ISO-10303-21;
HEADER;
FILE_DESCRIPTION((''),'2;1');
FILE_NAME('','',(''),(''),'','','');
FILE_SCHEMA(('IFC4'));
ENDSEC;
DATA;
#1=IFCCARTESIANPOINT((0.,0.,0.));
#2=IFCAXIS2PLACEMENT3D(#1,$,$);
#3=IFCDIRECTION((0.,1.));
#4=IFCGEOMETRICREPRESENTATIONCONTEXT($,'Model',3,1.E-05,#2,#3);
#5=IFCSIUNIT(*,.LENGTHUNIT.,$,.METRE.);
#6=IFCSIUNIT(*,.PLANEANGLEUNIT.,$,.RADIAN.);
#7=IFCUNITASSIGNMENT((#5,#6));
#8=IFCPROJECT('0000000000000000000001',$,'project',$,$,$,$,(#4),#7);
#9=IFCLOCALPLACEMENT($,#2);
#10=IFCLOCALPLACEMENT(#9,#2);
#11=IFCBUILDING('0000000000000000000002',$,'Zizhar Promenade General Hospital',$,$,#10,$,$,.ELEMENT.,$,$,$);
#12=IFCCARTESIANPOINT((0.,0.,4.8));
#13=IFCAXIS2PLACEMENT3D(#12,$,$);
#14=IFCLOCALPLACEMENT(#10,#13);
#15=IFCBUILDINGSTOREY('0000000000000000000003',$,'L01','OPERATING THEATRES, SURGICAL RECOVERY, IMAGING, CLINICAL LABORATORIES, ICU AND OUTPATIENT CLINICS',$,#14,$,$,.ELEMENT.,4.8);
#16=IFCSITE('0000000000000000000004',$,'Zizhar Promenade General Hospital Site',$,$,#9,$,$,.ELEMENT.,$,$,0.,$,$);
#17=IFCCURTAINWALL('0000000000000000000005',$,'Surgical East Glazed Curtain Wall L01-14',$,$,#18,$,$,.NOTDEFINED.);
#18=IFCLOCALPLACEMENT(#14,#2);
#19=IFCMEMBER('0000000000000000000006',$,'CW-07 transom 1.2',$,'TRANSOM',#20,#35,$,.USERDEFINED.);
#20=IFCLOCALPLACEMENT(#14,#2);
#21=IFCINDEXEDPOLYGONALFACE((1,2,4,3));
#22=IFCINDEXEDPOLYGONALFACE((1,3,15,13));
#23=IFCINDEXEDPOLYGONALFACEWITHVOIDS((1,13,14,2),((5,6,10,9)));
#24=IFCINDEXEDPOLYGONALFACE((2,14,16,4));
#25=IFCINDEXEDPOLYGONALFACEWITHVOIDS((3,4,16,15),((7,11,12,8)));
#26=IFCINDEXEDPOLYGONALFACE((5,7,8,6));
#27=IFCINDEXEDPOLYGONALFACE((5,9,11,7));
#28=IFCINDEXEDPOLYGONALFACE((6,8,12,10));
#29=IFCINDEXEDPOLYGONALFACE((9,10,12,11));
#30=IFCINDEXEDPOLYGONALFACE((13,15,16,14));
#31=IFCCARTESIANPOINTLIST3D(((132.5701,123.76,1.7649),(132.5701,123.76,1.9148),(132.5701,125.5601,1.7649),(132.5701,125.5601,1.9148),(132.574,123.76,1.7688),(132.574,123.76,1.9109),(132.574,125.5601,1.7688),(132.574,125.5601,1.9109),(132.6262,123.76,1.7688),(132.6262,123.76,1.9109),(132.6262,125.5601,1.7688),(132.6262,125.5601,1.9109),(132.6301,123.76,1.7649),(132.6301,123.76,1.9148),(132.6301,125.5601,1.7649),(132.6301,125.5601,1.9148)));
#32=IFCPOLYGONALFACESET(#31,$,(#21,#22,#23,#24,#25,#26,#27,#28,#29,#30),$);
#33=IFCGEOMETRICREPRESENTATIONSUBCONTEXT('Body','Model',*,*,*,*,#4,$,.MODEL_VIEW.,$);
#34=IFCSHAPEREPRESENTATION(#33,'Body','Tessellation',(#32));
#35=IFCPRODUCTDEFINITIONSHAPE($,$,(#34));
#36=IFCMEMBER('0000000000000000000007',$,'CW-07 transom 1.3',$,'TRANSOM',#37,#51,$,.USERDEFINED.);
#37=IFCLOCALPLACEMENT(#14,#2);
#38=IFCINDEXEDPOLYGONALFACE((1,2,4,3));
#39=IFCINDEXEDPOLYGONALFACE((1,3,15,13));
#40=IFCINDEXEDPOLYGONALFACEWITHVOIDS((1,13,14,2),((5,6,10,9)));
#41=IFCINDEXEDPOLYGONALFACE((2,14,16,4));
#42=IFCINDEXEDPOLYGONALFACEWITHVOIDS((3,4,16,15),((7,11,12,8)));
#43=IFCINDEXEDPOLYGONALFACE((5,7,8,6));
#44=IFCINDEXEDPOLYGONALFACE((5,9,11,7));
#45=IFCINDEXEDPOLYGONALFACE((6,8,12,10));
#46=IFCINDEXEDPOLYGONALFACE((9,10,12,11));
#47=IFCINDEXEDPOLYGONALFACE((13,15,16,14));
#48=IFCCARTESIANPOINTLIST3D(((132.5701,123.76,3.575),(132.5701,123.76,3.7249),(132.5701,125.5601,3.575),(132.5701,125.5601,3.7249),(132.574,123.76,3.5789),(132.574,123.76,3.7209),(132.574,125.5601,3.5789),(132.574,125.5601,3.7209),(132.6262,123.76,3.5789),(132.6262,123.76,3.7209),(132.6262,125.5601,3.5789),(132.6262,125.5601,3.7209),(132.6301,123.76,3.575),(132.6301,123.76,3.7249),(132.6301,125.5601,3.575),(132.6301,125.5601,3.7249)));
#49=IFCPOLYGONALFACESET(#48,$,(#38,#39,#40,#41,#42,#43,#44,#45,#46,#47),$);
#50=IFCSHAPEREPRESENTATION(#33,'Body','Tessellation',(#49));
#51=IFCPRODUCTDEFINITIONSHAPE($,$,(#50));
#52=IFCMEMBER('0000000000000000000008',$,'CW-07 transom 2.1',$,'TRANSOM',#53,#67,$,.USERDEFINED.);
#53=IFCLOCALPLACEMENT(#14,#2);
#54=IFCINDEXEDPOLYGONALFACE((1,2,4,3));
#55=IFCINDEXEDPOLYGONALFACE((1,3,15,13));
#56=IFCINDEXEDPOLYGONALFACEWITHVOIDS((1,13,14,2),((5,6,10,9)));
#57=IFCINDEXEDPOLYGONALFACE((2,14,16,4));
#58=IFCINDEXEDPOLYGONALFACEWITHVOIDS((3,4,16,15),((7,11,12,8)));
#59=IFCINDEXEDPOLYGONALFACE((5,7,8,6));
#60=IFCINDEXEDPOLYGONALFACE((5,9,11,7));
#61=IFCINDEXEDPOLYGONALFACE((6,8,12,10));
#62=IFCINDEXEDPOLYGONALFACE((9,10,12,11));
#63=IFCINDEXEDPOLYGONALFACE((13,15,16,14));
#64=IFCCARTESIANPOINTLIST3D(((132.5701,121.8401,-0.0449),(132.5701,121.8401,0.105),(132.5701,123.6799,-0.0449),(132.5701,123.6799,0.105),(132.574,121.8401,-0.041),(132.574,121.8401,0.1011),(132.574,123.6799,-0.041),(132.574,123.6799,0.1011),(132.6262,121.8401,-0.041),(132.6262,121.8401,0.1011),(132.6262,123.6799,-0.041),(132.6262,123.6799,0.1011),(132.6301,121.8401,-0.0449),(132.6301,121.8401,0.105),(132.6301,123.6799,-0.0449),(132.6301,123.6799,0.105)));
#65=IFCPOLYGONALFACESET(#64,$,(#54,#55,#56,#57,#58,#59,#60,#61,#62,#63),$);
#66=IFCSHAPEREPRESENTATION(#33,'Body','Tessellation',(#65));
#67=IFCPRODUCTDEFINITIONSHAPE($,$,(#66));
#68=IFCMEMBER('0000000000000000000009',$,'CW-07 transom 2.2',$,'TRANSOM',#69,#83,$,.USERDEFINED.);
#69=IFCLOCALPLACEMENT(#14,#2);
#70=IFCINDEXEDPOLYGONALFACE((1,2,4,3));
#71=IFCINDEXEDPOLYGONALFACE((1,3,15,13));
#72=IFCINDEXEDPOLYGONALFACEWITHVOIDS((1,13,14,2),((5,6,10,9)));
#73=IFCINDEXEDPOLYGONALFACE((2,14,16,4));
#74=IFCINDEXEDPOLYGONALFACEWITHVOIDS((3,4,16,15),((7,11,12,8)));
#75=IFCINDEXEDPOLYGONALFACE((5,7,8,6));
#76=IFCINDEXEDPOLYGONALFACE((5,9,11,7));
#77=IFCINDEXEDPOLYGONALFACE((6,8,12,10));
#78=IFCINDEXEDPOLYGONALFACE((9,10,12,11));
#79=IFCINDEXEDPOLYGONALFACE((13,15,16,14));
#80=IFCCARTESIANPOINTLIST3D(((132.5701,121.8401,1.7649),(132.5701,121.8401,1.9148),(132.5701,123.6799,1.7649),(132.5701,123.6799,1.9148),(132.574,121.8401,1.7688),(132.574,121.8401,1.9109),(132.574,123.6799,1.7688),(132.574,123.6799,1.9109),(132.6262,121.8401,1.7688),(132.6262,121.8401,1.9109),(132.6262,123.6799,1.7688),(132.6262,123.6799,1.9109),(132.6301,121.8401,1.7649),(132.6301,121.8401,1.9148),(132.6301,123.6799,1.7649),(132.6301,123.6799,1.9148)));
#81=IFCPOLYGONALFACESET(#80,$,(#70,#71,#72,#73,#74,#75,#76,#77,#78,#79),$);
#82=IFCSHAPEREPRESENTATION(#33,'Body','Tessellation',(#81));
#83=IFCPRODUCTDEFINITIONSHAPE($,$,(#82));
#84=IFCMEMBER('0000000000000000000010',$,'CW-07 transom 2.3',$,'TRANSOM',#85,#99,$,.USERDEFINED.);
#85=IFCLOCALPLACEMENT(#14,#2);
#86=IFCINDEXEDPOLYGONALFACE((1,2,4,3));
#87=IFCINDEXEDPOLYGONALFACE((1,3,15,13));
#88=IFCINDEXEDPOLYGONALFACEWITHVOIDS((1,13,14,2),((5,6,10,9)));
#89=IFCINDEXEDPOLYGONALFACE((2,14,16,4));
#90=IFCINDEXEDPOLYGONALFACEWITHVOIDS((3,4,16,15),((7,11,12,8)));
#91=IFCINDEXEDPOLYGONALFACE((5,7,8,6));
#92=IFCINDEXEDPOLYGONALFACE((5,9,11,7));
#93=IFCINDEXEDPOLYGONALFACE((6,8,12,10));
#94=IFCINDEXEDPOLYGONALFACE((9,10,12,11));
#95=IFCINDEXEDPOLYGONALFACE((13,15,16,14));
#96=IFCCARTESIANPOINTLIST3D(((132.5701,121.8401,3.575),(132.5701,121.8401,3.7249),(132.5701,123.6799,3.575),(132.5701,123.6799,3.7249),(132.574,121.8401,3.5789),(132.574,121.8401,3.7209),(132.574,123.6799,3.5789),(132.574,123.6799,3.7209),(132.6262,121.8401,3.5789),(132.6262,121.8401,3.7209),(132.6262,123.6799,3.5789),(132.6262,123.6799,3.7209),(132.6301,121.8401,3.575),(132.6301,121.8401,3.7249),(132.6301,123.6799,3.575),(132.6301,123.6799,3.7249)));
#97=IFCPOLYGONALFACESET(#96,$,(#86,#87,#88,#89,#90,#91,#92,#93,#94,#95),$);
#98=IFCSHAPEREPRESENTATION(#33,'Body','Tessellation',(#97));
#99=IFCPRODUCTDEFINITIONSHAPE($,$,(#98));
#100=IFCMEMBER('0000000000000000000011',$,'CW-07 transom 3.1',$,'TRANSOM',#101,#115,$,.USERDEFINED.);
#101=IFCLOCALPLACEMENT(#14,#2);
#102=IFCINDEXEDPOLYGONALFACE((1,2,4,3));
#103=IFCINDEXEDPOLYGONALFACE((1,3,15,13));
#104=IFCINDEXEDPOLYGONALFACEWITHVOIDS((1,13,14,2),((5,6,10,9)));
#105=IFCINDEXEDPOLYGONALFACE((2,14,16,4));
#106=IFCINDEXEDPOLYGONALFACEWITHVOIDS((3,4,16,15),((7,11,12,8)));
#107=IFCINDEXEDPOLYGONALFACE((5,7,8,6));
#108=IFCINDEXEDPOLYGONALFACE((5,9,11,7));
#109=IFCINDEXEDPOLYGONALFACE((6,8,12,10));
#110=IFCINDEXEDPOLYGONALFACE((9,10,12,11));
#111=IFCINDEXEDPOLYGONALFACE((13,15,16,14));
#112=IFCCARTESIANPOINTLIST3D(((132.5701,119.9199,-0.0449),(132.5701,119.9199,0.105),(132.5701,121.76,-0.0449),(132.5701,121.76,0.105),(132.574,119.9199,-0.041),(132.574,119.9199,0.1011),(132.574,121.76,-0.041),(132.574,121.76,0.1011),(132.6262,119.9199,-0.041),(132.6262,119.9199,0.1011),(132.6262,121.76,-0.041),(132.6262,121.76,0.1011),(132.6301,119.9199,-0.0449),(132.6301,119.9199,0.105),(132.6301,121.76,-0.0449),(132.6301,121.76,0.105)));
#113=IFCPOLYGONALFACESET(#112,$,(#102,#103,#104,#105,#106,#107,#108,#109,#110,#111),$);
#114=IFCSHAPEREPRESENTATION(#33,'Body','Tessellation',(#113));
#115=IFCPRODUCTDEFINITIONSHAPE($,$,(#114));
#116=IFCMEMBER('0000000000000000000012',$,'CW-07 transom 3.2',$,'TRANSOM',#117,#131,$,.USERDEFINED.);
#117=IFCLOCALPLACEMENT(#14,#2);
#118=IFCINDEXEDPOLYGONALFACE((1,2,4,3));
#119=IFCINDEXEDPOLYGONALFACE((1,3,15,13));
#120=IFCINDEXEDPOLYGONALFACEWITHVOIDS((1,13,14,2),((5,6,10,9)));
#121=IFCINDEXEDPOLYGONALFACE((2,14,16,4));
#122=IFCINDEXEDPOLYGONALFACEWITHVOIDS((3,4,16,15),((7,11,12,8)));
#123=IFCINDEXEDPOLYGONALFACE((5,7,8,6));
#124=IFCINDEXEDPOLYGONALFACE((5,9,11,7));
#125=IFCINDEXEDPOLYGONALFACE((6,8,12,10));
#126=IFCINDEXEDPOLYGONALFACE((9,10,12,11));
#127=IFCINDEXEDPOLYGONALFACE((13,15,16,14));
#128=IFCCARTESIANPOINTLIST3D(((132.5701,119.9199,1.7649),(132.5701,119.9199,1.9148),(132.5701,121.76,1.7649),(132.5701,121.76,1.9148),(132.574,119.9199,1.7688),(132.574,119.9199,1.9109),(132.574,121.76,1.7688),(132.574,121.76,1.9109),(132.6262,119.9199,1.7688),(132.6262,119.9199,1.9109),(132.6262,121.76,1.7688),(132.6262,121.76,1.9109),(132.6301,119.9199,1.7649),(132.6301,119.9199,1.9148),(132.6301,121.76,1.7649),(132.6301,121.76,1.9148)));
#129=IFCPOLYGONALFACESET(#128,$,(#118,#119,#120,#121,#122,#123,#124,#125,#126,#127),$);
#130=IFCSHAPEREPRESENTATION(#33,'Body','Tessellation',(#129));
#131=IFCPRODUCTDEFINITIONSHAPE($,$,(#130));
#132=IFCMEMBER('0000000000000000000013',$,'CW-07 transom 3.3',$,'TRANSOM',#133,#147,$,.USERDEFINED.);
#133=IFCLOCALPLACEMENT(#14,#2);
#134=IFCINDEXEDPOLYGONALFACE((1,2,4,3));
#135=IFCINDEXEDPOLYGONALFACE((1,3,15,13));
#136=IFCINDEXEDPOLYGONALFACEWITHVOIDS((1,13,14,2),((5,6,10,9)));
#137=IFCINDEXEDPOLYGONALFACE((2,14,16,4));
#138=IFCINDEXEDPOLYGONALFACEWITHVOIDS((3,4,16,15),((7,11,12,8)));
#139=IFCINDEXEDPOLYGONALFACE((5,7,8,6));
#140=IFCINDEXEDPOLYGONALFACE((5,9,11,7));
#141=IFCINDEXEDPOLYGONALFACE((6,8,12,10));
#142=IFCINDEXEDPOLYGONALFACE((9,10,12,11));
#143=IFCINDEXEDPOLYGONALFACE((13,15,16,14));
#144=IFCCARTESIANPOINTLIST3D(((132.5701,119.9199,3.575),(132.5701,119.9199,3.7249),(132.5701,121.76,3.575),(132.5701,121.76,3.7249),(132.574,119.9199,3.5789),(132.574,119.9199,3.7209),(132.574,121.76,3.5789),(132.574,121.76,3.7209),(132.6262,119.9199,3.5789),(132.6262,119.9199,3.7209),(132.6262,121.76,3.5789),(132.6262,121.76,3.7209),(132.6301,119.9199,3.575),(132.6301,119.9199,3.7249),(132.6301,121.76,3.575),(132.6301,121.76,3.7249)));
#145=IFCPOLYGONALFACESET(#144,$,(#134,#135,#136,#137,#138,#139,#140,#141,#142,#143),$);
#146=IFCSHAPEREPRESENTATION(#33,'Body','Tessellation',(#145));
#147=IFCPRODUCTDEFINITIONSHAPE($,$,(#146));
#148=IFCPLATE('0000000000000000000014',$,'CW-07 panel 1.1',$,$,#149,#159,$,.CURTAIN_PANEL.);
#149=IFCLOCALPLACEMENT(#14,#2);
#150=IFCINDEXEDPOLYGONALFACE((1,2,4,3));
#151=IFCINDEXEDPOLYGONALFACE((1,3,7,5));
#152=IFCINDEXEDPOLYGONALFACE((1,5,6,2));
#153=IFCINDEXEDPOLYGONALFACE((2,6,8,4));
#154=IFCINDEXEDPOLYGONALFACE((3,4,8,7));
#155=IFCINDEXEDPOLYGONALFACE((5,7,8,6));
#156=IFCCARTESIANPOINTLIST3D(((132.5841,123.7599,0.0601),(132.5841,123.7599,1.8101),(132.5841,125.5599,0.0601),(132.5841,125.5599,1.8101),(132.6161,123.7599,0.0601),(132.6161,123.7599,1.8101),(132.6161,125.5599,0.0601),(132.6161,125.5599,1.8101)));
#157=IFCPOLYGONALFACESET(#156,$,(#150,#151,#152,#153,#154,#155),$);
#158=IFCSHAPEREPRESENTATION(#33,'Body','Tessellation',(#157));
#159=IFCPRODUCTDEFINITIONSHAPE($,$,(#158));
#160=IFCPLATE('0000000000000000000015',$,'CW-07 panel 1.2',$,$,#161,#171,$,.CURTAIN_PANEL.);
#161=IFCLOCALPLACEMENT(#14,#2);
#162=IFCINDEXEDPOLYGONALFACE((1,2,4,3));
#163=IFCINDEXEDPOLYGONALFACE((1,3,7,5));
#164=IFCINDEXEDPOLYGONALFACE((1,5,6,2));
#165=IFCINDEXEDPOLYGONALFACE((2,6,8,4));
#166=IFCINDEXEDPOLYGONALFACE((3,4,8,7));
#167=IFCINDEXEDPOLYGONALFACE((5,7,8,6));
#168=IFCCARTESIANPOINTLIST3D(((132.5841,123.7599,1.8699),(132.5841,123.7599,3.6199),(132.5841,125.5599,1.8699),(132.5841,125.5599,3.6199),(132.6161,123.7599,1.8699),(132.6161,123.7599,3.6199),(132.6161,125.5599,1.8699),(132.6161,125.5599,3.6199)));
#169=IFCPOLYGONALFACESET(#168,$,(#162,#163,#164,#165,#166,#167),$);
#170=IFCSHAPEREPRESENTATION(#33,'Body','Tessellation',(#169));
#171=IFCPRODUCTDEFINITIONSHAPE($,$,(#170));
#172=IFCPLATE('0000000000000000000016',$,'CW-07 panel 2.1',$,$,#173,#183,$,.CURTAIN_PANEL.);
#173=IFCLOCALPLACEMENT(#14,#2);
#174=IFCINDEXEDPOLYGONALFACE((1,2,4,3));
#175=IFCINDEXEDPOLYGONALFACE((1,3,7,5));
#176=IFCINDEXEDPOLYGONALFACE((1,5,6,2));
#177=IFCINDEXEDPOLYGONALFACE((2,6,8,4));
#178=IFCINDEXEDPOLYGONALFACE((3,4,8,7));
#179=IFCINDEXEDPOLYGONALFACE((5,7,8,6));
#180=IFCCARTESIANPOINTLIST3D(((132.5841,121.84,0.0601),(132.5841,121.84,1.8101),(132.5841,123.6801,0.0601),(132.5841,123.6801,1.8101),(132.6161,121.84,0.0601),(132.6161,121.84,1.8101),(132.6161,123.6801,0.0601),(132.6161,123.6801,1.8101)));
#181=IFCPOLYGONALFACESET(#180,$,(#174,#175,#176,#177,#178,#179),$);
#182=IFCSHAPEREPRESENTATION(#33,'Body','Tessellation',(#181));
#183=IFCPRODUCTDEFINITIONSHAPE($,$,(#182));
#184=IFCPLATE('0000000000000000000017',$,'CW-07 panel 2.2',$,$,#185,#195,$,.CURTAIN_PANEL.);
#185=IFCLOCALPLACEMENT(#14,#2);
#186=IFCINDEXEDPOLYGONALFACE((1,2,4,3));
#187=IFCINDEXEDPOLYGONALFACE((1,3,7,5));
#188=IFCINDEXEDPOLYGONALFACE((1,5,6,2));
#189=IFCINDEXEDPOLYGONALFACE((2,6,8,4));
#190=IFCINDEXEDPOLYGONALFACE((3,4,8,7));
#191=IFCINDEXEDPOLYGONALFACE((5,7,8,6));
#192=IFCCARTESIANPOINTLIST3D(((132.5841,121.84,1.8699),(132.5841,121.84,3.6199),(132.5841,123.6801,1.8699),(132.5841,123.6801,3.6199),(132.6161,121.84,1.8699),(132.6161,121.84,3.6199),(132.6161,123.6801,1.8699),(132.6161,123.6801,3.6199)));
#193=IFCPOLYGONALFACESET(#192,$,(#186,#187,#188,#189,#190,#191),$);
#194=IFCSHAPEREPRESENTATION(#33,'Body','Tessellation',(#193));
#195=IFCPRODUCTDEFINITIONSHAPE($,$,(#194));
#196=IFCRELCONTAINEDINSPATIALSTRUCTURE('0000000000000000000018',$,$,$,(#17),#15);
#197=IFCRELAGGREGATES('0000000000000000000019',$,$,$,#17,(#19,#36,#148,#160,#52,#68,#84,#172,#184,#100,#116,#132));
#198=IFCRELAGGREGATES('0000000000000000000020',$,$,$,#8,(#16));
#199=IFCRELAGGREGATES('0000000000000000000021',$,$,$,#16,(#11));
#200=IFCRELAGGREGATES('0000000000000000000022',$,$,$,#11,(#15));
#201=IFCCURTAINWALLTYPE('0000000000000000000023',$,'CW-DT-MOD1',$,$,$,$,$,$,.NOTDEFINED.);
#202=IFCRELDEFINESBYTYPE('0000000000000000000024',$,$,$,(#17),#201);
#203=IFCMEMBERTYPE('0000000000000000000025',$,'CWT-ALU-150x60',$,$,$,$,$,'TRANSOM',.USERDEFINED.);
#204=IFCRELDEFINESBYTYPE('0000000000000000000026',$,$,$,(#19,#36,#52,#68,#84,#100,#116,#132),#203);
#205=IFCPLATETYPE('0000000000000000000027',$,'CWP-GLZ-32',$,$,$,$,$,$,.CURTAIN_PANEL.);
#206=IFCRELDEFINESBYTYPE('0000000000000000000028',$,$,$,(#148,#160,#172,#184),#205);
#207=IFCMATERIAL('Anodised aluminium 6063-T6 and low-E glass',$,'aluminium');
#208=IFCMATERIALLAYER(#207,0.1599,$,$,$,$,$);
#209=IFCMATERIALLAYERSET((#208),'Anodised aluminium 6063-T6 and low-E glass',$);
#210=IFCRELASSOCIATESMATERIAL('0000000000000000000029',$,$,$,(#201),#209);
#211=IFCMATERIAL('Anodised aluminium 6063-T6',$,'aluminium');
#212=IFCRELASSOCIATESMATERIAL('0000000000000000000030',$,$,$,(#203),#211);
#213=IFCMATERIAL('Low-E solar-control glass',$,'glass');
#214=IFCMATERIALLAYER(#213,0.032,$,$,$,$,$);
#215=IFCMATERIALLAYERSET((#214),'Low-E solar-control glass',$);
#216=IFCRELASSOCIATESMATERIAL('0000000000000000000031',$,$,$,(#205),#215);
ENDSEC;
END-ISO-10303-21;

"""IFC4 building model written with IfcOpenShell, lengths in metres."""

from ifc_helpers import new_model, si_unit, direction, frame, origin, origin_2d, place, context, subcontext, project, spatial, rectangle, hollow_rectangle, extrude, material, layer, layer_set, material_profile, profile_set, type_object, element, aggregate, save


model = new_model("IFC4")

# Units and contexts
model_context = context("Model", 3, precision=1e-05, world=origin(), true_north=direction((0.0, 1.0)))
body_context = subcontext(model_context, "Body", "Model", "MODEL_VIEW")
ifc_project = project(units=[si_unit("LENGTHUNIT", "METRE"), si_unit("PLANEANGLEUNIT", "RADIAN")], contexts=[model_context])

# Site, building, storey
site_placement = place(None, origin())
site = spatial("IfcSite", under=ifc_project, at=site_placement, Name="Zizhar Promenade General Hospital Site", CompositionType="ELEMENT", RefElevation=0.0)
building_placement = place(site_placement, origin())
building = spatial("IfcBuilding", under=site, at=building_placement, Name="Zizhar Promenade General Hospital", CompositionType="ELEMENT")
storey_placement = place(building_placement, frame((0.0, 0.0, 4.8)))
storey = spatial("IfcBuildingStorey", under=building, at=storey_placement, Name="L01", Description="OPERATING THEATRES, SURGICAL RECOVERY, IMAGING, CLINICAL LABORATORIES, ICU AND OUTPATIENT CLINICS", CompositionType="ELEMENT", Elevation=4.8)

# Curtain wall
ifc_material_1 = material(Name="Anodised aluminium 6063-T6 and low-E glass", Category="aluminium")
ifc_layer_1 = layer(ifc_material_1, 0.1599)
ifc_layer_set_1 = layer_set([ifc_layer_1], Name="Anodised aluminium 6063-T6 and low-E glass")
curtain_wall_type = type_object("IfcCurtainWallType", Name="CW-DT-MOD1", PredefinedType="NOTDEFINED", material=ifc_layer_set_1)
curtain_wall_1_placement = place(storey_placement, origin())
curtain_wall_1 = element("IfcCurtainWall", 1, at=curtain_wall_1_placement, inside=storey, type_object=curtain_wall_type, Name="Surgical East Glazed Curtain Wall L01-14", PredefinedType="NOTDEFINED")

# Members
ifc_material_2 = material(Name="Anodised aluminium 6063-T6", Category="aluminium")
ifc_material_profile_1 = material_profile(ifc_material_2, hollow_rectangle(XDim=0.0601, YDim=0.1499, WallThickness=0.0039, at=origin_2d()))
ifc_profile_set_1 = profile_set([ifc_material_profile_1], Name="Anodised aluminium 6063-T6")
member_type_1 = type_object("IfcMemberType", Name="CWT-ALU-150x60", ElementType="TRANSOM", PredefinedType="USERDEFINED", material=ifc_profile_set_1)
member_1_placement = place(storey_placement, frame((132.6001, 125.5601, 1.8398), z_axis=(0.0, -1.0, 0.0), x_axis=(1.0, 0.0, 0.0)))
member_1 = element("IfcMember", 2, at=member_1_placement, type_object=member_type_1, Name="CW-07 transom 1.2", ObjectType="TRANSOM", PredefinedType="USERDEFINED", context=body_context, shape_type="SweptSolid", body=[
    extrude(hollow_rectangle(XDim=0.0601, YDim=0.1499, WallThickness=0.0039, at=origin_2d()), origin(), (0.0, 0.0, 1.0), 1.8),
])
member_2_placement = place(storey_placement, frame((132.6001, 125.5601, 3.6499), z_axis=(0.0, -1.0, 0.0), x_axis=(1.0, 0.0, 0.0)))
member_2 = element("IfcMember", 3, at=member_2_placement, type_object=member_type_1, Name="CW-07 transom 1.3", ObjectType="TRANSOM", PredefinedType="USERDEFINED", context=body_context, shape_type="SweptSolid", body=[
    extrude(hollow_rectangle(XDim=0.0601, YDim=0.1499, WallThickness=0.0039, at=origin_2d()), origin(), (0.0, 0.0, 1.0), 1.8),
])
member_3_placement = place(storey_placement, frame((132.6001, 123.6799, 0.03), z_axis=(0.0, -1.0, 0.0), x_axis=(1.0, 0.0, 0.0)))
member_3 = element("IfcMember", 4, at=member_3_placement, type_object=member_type_1, Name="CW-07 transom 2.1", ObjectType="TRANSOM", PredefinedType="USERDEFINED", context=body_context, shape_type="SweptSolid", body=[
    extrude(hollow_rectangle(XDim=0.0601, YDim=0.1499, WallThickness=0.0039, at=origin_2d()), origin(), (0.0, 0.0, 1.0), 1.8398),
])
member_4_placement = place(storey_placement, frame((132.6001, 123.6799, 1.8398), z_axis=(0.0, -1.0, 0.0), x_axis=(1.0, 0.0, 0.0)))
member_4 = element("IfcMember", 5, at=member_4_placement, type_object=member_type_1, Name="CW-07 transom 2.2", ObjectType="TRANSOM", PredefinedType="USERDEFINED", context=body_context, shape_type="SweptSolid", body=[
    extrude(hollow_rectangle(XDim=0.0601, YDim=0.1499, WallThickness=0.0039, at=origin_2d()), origin(), (0.0, 0.0, 1.0), 1.8398),
])
member_5_placement = place(storey_placement, frame((132.6001, 123.6799, 3.6499), z_axis=(0.0, -1.0, 0.0), x_axis=(1.0, 0.0, 0.0)))
member_5 = element("IfcMember", 6, at=member_5_placement, type_object=member_type_1, Name="CW-07 transom 2.3", ObjectType="TRANSOM", PredefinedType="USERDEFINED", context=body_context, shape_type="SweptSolid", body=[
    extrude(hollow_rectangle(XDim=0.0601, YDim=0.1499, WallThickness=0.0039, at=origin_2d()), origin(), (0.0, 0.0, 1.0), 1.8398),
])
member_6_placement = place(storey_placement, frame((132.6001, 121.76, 0.03), z_axis=(0.0, -1.0, 0.0), x_axis=(1.0, 0.0, 0.0)))
member_6 = element("IfcMember", 7, at=member_6_placement, type_object=member_type_1, Name="CW-07 transom 3.1", ObjectType="TRANSOM", PredefinedType="USERDEFINED", context=body_context, shape_type="SweptSolid", body=[
    extrude(hollow_rectangle(XDim=0.0601, YDim=0.1499, WallThickness=0.0039, at=origin_2d()), origin(), (0.0, 0.0, 1.0), 1.8401),
])
member_7_placement = place(storey_placement, frame((132.6001, 121.76, 1.8398), z_axis=(0.0, -1.0, 0.0), x_axis=(1.0, 0.0, 0.0)))
member_7 = element("IfcMember", 8, at=member_7_placement, type_object=member_type_1, Name="CW-07 transom 3.2", ObjectType="TRANSOM", PredefinedType="USERDEFINED", context=body_context, shape_type="SweptSolid", body=[
    extrude(hollow_rectangle(XDim=0.0601, YDim=0.1499, WallThickness=0.0039, at=origin_2d()), origin(), (0.0, 0.0, 1.0), 1.8401),
])
member_8_placement = place(storey_placement, frame((132.6001, 121.76, 3.6499), z_axis=(0.0, -1.0, 0.0), x_axis=(1.0, 0.0, 0.0)))
member_8 = element("IfcMember", 9, at=member_8_placement, type_object=member_type_1, Name="CW-07 transom 3.3", ObjectType="TRANSOM", PredefinedType="USERDEFINED", context=body_context, shape_type="SweptSolid", body=[
    extrude(hollow_rectangle(XDim=0.0601, YDim=0.1499, WallThickness=0.0039, at=origin_2d()), origin(), (0.0, 0.0, 1.0), 1.8401),
])

# Plates
ifc_material_3 = material(Name="Low-E solar-control glass", Category="glass")
ifc_layer_2 = layer(ifc_material_3, 0.032)
ifc_layer_set_2 = layer_set([ifc_layer_2], Name="Low-E solar-control glass")
plate_type = type_object("IfcPlateType", Name="CWP-GLZ-32", PredefinedType="CURTAIN_PANEL", material=ifc_layer_set_2)
plate_1_placement = place(storey_placement, frame((132.6001, 124.6599, 0.0601), z_axis=(0.0, 0.0, 1.0), x_axis=(0.0, -1.0, 0.0)))
plate_1 = element("IfcPlate", 10, at=plate_1_placement, type_object=plate_type, Name="CW-07 panel 1.1", PredefinedType="CURTAIN_PANEL", context=body_context, shape_type="SweptSolid", body=[
    extrude(rectangle(XDim=1.8, YDim=0.032, at=origin_2d()), origin(), (0.0, 0.0, 1.0), 1.75),
])
plate_2_placement = place(storey_placement, frame((132.6001, 124.6599, 1.8699), z_axis=(0.0, 0.0, 1.0), x_axis=(0.0, -1.0, 0.0)))
plate_2 = element("IfcPlate", 11, at=plate_2_placement, type_object=plate_type, Name="CW-07 panel 1.2", PredefinedType="CURTAIN_PANEL", context=body_context, shape_type="SweptSolid", body=[
    extrude(rectangle(XDim=1.8, YDim=0.032, at=origin_2d()), origin(), (0.0, 0.0, 1.0), 1.75),
])
plate_3_placement = place(storey_placement, frame((132.6001, 122.76, 0.0601), z_axis=(0.0, 0.0, 1.0), x_axis=(0.0, -1.0, 0.0)))
plate_3 = element("IfcPlate", 12, at=plate_3_placement, type_object=plate_type, Name="CW-07 panel 2.1", PredefinedType="CURTAIN_PANEL", context=body_context, shape_type="SweptSolid", body=[
    extrude(rectangle(XDim=1.8401, YDim=0.032, at=origin_2d()), origin(), (0.0, 0.0, 1.0), 1.75),
])
plate_4_placement = place(storey_placement, frame((132.6001, 122.76, 1.8699), z_axis=(0.0, 0.0, 1.0), x_axis=(0.0, -1.0, 0.0)))
plate_4 = element("IfcPlate", 13, at=plate_4_placement, type_object=plate_type, Name="CW-07 panel 2.2", PredefinedType="CURTAIN_PANEL", context=body_context, shape_type="SweptSolid", body=[
    extrude(rectangle(XDim=1.8401, YDim=0.032, at=origin_2d()), origin(), (0.0, 0.0, 1.0), 1.75),
])
aggregate(curtain_wall_1, [member_1, member_2, plate_1, plate_2, member_3, member_4, member_5, plate_3, plate_4, member_6, member_7, member_8])

save(model, "model.ifc")
